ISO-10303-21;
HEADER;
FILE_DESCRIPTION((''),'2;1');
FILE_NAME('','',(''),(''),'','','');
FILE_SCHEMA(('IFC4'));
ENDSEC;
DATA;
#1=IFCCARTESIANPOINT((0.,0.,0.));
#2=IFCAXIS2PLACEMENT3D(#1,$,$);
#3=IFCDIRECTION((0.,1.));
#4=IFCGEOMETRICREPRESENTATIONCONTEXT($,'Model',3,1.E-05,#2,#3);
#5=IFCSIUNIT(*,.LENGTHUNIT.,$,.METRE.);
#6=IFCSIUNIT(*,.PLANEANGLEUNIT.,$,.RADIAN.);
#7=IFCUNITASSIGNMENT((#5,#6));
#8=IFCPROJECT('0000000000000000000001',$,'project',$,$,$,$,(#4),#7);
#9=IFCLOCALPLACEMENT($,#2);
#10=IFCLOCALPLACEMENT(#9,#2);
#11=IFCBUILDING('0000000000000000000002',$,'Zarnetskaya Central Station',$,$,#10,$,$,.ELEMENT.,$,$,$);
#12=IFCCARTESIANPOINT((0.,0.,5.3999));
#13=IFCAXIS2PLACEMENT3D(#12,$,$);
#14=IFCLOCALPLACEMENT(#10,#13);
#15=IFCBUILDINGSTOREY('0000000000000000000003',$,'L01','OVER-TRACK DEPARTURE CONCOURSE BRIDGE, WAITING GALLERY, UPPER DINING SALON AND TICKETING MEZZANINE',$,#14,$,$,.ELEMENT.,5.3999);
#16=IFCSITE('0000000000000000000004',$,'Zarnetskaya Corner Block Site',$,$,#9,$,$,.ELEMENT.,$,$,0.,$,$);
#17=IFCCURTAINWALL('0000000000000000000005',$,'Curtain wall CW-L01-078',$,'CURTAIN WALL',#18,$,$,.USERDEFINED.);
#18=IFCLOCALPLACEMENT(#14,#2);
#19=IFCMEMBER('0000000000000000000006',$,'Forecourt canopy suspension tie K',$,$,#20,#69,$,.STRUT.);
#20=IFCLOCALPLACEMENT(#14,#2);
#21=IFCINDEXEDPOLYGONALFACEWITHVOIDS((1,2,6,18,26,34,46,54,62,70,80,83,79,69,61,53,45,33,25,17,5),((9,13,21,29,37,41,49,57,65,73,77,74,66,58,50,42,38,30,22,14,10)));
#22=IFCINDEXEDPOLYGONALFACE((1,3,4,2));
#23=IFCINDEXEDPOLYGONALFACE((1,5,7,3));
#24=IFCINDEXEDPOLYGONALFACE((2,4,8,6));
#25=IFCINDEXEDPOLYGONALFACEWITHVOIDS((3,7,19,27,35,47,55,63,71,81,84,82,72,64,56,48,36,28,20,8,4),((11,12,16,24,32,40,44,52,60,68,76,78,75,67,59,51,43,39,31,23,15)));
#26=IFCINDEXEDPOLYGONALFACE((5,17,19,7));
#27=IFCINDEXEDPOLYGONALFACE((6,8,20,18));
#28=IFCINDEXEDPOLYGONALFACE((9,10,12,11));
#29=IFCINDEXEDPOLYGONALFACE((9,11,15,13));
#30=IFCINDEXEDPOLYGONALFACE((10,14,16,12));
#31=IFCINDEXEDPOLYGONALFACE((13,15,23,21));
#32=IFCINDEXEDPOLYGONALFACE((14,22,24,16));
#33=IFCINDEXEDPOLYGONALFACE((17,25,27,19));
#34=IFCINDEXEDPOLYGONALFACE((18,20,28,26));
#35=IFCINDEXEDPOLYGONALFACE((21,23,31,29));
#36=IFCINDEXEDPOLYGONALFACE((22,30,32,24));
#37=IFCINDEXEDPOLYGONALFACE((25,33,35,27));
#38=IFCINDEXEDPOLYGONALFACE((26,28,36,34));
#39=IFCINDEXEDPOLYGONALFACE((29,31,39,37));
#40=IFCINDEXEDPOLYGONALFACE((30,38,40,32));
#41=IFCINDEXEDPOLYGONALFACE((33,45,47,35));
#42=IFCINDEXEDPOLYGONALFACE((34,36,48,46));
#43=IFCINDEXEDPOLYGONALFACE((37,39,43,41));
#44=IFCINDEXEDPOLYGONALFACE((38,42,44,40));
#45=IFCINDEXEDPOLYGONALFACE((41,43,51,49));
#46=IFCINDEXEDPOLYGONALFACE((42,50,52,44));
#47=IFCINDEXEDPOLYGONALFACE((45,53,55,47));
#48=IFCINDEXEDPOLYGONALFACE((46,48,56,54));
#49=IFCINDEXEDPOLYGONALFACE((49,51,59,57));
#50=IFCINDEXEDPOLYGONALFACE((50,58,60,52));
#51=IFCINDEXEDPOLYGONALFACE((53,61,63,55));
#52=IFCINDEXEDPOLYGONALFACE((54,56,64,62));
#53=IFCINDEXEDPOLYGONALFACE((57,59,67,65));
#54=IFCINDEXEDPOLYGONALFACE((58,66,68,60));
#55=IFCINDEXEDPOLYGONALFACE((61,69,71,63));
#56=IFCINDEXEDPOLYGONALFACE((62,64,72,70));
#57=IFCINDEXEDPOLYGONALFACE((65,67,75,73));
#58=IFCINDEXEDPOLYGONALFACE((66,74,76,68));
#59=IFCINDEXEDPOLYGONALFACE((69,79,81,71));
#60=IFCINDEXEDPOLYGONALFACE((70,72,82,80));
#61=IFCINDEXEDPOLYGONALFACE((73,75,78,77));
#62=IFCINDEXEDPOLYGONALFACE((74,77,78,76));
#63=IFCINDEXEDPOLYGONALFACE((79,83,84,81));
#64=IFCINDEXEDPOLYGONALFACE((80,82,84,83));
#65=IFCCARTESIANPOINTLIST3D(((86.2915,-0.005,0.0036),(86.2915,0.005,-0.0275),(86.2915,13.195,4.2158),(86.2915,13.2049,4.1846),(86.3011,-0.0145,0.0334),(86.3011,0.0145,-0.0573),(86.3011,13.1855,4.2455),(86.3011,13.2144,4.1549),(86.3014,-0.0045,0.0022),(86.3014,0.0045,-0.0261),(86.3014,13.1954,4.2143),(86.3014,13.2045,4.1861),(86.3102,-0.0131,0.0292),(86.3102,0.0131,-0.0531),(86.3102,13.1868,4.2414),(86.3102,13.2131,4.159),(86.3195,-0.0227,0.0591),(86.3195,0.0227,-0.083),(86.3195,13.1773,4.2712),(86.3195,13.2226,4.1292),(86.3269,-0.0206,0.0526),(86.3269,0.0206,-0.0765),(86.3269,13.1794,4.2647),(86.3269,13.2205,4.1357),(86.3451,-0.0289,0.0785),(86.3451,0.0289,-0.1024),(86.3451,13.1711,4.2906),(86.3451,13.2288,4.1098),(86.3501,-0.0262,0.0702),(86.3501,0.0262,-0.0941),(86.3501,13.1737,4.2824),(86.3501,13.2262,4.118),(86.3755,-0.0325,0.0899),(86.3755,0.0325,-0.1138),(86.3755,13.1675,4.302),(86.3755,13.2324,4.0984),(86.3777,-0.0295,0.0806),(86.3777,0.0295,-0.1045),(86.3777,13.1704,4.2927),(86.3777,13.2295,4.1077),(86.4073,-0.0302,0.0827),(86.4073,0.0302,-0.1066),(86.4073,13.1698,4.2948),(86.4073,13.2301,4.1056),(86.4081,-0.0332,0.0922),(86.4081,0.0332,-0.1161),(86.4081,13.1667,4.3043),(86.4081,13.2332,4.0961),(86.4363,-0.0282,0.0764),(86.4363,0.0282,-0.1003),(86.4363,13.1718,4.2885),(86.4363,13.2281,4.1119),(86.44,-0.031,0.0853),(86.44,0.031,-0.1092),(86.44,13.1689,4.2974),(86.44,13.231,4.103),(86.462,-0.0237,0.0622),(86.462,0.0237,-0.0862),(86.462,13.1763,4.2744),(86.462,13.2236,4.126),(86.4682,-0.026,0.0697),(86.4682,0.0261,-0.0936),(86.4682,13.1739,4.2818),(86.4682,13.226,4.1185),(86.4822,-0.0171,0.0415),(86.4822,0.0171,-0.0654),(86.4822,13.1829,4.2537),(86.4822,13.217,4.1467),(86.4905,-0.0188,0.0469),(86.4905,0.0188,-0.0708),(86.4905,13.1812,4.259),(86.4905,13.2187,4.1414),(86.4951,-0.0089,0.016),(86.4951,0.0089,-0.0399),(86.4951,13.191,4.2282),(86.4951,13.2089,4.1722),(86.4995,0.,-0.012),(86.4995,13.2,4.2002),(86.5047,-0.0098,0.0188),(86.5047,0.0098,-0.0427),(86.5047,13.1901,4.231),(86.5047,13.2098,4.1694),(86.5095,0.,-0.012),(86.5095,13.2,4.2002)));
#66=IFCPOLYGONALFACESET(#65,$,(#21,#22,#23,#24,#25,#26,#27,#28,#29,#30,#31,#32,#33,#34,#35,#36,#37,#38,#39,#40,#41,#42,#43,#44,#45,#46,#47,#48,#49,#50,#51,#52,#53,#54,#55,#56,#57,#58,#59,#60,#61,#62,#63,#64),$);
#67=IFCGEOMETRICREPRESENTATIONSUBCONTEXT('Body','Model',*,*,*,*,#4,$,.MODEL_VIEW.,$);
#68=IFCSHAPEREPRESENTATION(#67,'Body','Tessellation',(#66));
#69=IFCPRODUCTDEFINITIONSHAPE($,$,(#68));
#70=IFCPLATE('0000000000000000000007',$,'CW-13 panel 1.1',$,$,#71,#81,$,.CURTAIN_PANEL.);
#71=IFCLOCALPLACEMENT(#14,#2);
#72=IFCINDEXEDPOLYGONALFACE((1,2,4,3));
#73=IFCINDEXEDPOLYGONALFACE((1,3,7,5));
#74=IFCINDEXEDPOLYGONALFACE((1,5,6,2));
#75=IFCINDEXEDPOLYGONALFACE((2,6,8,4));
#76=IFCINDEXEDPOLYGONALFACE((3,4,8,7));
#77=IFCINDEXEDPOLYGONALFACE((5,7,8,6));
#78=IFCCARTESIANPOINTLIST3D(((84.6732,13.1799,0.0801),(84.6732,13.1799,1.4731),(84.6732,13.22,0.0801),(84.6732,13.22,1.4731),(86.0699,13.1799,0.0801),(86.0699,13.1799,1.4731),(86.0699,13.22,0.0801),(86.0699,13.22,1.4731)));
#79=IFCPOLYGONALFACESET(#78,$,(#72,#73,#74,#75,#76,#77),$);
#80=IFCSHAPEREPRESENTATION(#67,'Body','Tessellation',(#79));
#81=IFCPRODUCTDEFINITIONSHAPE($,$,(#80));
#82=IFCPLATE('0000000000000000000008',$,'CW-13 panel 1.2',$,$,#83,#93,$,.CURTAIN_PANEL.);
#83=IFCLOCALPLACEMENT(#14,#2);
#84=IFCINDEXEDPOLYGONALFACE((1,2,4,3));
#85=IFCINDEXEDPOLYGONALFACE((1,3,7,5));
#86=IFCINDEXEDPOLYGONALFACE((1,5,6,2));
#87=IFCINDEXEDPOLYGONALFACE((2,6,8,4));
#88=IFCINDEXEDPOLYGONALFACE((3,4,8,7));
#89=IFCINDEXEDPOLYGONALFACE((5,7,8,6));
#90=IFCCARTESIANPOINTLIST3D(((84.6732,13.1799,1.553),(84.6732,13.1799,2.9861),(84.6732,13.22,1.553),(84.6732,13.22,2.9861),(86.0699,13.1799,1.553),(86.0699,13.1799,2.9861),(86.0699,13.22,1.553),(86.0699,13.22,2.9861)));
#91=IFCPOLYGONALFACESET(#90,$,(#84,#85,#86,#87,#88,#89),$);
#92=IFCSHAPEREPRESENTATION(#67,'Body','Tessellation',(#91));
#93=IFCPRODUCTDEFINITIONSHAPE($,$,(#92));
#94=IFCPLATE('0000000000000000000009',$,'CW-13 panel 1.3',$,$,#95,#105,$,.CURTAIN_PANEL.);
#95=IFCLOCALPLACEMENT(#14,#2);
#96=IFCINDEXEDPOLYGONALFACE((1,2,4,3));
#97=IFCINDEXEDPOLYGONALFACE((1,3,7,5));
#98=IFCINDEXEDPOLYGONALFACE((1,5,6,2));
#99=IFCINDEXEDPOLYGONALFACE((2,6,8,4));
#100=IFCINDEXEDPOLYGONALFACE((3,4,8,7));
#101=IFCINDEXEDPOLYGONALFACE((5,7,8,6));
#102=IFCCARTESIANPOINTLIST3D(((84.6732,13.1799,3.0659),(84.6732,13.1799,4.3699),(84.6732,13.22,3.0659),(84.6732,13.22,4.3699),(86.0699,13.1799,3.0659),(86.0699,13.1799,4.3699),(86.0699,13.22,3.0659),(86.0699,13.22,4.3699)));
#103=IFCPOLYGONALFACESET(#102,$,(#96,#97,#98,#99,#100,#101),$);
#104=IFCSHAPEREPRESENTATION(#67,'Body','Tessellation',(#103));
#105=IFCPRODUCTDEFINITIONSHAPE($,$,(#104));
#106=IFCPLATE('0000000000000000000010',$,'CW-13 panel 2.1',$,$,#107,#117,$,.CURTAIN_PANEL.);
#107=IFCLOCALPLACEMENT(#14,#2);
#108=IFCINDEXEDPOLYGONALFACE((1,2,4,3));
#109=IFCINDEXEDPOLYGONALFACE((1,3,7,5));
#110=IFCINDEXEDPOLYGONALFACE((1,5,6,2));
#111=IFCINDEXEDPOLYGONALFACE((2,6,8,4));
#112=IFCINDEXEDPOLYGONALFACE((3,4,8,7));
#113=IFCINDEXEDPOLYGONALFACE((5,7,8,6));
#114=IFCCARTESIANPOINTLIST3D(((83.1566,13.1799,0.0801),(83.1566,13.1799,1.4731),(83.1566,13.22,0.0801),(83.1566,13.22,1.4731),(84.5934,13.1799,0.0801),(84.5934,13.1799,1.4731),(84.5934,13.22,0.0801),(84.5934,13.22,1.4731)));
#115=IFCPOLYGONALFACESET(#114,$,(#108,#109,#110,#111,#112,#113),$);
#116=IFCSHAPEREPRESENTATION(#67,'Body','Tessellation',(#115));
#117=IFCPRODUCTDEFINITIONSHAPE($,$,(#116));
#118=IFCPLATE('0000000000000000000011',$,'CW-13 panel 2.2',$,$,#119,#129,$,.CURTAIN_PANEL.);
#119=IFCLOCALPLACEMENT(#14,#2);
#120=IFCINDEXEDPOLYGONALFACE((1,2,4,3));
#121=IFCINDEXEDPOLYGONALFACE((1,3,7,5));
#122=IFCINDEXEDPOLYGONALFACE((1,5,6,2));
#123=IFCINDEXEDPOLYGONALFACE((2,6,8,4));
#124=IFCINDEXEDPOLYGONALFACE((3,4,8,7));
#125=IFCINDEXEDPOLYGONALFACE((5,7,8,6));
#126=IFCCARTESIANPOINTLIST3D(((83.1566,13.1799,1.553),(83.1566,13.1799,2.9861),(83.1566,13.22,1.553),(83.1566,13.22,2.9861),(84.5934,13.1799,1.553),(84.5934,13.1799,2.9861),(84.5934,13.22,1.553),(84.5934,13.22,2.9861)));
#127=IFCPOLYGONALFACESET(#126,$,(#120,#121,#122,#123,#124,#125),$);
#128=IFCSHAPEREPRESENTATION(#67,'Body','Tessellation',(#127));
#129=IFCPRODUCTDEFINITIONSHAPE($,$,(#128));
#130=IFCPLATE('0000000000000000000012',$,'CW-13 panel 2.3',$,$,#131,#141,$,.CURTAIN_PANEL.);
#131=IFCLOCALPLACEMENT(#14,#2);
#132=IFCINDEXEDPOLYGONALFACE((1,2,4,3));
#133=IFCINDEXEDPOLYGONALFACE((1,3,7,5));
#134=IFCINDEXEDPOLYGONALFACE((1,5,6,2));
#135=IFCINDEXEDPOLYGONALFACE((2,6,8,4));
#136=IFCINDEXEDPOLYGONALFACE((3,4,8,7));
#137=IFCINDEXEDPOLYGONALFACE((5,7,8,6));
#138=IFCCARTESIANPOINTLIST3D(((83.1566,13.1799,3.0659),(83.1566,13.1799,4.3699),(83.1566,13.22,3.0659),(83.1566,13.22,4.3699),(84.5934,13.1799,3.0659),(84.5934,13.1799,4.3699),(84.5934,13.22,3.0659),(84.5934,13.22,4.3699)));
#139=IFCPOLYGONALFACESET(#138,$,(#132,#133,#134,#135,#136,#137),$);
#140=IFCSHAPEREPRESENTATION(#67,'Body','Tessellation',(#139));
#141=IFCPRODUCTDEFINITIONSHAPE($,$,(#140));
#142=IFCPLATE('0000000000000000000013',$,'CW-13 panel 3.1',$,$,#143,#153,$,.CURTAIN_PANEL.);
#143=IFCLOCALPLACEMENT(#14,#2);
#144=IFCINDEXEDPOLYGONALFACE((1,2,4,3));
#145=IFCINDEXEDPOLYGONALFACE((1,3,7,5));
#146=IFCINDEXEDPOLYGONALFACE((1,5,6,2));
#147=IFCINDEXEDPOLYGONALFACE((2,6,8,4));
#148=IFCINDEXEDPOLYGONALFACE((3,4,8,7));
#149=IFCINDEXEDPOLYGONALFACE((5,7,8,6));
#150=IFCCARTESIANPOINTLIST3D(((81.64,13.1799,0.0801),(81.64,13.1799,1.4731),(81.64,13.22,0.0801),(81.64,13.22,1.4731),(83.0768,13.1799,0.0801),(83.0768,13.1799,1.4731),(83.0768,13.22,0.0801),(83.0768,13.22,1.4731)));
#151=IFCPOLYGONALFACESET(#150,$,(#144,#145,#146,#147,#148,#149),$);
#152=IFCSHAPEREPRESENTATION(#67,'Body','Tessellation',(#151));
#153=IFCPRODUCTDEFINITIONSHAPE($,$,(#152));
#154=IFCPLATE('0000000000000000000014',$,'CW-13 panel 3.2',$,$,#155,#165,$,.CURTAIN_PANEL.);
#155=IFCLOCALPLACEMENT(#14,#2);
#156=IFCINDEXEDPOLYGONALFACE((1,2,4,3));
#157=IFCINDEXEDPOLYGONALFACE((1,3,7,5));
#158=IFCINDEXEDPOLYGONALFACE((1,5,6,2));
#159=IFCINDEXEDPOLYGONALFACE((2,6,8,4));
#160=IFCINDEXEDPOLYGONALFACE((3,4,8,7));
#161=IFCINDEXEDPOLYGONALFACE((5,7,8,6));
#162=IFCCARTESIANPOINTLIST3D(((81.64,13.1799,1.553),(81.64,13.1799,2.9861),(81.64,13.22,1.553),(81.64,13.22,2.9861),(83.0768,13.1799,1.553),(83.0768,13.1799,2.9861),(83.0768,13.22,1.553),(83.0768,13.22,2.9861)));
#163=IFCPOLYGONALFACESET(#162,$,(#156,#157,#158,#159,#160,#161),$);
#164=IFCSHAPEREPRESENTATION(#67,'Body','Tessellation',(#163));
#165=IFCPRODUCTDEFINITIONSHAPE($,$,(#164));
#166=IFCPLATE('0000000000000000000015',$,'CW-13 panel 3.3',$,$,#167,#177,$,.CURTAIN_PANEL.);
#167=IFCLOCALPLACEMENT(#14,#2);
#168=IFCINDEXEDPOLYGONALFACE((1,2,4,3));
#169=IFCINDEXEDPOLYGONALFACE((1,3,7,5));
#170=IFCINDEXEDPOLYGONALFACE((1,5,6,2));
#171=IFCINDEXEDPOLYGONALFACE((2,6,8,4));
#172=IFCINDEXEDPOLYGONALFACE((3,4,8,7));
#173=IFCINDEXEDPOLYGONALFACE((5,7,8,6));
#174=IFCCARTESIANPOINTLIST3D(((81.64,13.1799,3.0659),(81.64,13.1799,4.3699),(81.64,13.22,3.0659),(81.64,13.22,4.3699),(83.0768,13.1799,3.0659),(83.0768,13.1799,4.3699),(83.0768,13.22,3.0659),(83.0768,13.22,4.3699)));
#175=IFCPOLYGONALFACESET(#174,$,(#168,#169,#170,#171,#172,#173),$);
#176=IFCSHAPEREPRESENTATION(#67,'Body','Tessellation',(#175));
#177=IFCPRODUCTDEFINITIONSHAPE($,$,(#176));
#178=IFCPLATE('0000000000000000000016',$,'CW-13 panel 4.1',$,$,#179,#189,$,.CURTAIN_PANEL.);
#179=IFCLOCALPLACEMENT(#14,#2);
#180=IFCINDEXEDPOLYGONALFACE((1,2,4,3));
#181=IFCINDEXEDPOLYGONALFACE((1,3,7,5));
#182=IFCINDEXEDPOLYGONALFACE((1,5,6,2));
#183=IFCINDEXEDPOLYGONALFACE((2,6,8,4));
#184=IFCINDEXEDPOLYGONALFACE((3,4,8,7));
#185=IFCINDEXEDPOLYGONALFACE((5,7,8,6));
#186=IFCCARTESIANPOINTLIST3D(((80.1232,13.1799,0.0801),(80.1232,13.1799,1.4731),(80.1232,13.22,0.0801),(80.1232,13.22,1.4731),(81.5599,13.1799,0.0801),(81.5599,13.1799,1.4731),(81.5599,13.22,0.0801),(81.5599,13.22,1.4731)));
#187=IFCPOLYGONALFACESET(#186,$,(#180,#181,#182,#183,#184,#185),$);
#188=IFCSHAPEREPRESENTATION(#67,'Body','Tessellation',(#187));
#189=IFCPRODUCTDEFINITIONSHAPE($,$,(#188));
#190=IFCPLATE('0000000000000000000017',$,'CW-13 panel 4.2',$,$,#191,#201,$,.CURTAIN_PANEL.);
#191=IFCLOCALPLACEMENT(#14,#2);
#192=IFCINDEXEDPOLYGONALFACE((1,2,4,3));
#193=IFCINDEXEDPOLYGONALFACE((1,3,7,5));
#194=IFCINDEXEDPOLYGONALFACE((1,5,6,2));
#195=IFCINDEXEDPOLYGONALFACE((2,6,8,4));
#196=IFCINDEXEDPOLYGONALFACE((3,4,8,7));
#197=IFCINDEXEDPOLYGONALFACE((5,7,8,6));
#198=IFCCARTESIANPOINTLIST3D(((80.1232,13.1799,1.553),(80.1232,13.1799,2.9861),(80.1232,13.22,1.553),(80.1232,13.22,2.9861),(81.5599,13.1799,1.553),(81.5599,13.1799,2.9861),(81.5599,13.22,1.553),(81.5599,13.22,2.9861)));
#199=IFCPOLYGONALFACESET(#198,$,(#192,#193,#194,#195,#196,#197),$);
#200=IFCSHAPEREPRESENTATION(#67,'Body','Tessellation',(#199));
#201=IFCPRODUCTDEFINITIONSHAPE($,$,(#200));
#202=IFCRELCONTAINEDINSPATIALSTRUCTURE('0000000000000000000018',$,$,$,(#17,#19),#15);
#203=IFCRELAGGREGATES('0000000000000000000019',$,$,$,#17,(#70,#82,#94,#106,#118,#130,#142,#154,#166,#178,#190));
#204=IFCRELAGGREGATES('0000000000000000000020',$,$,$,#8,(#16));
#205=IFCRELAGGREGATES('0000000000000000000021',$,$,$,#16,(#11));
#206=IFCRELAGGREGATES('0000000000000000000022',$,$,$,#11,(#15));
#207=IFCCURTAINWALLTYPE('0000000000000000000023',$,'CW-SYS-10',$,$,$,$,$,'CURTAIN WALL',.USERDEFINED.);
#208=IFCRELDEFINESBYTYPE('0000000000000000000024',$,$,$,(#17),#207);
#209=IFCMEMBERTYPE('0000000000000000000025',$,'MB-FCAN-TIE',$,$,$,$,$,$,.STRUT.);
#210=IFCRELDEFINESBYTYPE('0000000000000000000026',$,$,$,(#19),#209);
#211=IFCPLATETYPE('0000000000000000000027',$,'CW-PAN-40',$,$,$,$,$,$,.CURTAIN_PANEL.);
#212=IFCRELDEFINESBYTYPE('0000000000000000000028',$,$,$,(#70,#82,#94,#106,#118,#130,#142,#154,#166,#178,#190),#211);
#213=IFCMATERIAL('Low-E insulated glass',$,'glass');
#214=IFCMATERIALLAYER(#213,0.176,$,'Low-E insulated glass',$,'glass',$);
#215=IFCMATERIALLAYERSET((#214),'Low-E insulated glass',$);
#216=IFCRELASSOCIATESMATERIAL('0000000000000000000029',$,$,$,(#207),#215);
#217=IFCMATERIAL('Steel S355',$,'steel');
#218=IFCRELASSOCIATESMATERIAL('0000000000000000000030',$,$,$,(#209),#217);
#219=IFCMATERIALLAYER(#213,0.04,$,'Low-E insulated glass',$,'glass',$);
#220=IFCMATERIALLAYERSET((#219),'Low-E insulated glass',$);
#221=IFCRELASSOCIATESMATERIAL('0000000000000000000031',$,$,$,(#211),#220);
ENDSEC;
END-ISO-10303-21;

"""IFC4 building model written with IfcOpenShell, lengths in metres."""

from ifc_helpers import new_model, si_unit, direction, frame, origin, origin_2d, place, context, subcontext, project, spatial, rectangle, hollow_circle, extrude, material, layer, layer_set, material_profile, profile_set, type_object, element, aggregate, save


model = new_model("IFC4")

# Units and contexts
model_context = context("Model", 3, precision=1e-05, world=origin(), true_north=direction((0.0, 1.0)))
body_context = subcontext(model_context, "Body", "Model", "MODEL_VIEW")
ifc_project = project(units=[si_unit("LENGTHUNIT", "METRE"), si_unit("PLANEANGLEUNIT", "RADIAN")], contexts=[model_context])

# Site, building, storey
site_placement = place(None, origin())
site = spatial("IfcSite", under=ifc_project, at=site_placement, Name="Zarnetskaya Corner Block Site", CompositionType="ELEMENT", RefElevation=0.0)
building_placement = place(site_placement, origin())
building = spatial("IfcBuilding", under=site, at=building_placement, Name="Zarnetskaya Central Station", CompositionType="ELEMENT")
storey_placement = place(building_placement, frame((0.0, 0.0, 5.3999)))
storey = spatial("IfcBuildingStorey", under=building, at=storey_placement, Name="L01", Description="OVER-TRACK DEPARTURE CONCOURSE BRIDGE, WAITING GALLERY, UPPER DINING SALON AND TICKETING MEZZANINE", CompositionType="ELEMENT", Elevation=5.3999)

# Shared definitions
ifc_material_1 = material(Name="Steel S355", Category="steel")

# Curtain wall
ifc_material_2 = material(Name="Low-E insulated glass", Category="glass")
ifc_layer_1 = layer(ifc_material_2, 0.176, Name="Low-E insulated glass", Category="glass")
ifc_layer_set_1 = layer_set([ifc_layer_1], Name="Low-E insulated glass")
curtain_wall_type = type_object("IfcCurtainWallType", Name="CW-SYS-10", ElementType="CURTAIN WALL", PredefinedType="USERDEFINED", material=ifc_layer_set_1)
curtain_wall_placement = place(storey_placement, origin())
curtain_wall = element("IfcCurtainWall", 1, at=curtain_wall_placement, inside=storey, type_object=curtain_wall_type, Name="Curtain wall CW-L01-078", ObjectType="CURTAIN WALL", PredefinedType="USERDEFINED")

# Member
ifc_material_profile_1 = material_profile(ifc_material_1, hollow_circle(Radius=0.1096, WallThickness=0.01, at=origin_2d()), Name="CHS 219.1x10")
ifc_profile_set_1 = profile_set([ifc_material_profile_1], Name="Steel S355")
member_type_1 = type_object("IfcMemberType", Name="MB-FCAN-TIE", PredefinedType="STRUT", material=ifc_profile_set_1)
member_1_placement = place(storey_placement, frame((86.3999, 13.2, 4.2002), z_axis=(0.0, -0.952672, -0.304001), x_axis=(1.0, 0.0, 0.0)))
element("IfcMember", 2, at=member_1_placement, inside=storey, type_object=member_type_1, Name="Forecourt canopy suspension tie K", PredefinedType="STRUT", context=body_context, shape_type="SweptSolid", body=[
    extrude(hollow_circle(Radius=0.1096, WallThickness=0.01, at=origin_2d()), origin(), (0.0, 0.0, 1.0), 13.8557),
])

# Plates
ifc_layer_2 = layer(ifc_material_2, 0.04, Name="Low-E insulated glass", Category="glass")
ifc_layer_set_2 = layer_set([ifc_layer_2], Name="Low-E insulated glass")
plate_type_1 = type_object("IfcPlateType", Name="CW-PAN-40", PredefinedType="CURTAIN_PANEL", material=ifc_layer_set_2)
plate_1_placement = place(storey_placement, frame((85.3716, 13.2, 0.0801), z_axis=(0.0, 0.0, 1.0), x_axis=(-1.0, 0.0, 0.0)))
plate_1 = element("IfcPlate", 3, at=plate_1_placement, type_object=plate_type_1, Name="CW-13 panel 1.1", PredefinedType="CURTAIN_PANEL", context=body_context, shape_type="SweptSolid", body=[
    extrude(rectangle(XDim=1.3967, YDim=0.04, at=origin_2d()), origin(), (0.0, 0.0, 1.0), 1.3931),
])
plate_2_placement = place(storey_placement, frame((85.3716, 13.2, 1.553), z_axis=(0.0, 0.0, 1.0), x_axis=(-1.0, 0.0, 0.0)))
plate_2 = element("IfcPlate", 4, at=plate_2_placement, type_object=plate_type_1, Name="CW-13 panel 1.2", PredefinedType="CURTAIN_PANEL", context=body_context, shape_type="SweptSolid", body=[
    extrude(rectangle(XDim=1.3967, YDim=0.04, at=origin_2d()), origin(), (0.0, 0.0, 1.0), 1.4331),
])
plate_3_placement = place(storey_placement, frame((85.3716, 13.2, 3.0659), z_axis=(0.0, 0.0, 1.0), x_axis=(-1.0, 0.0, 0.0)))
plate_3 = element("IfcPlate", 5, at=plate_3_placement, type_object=plate_type_1, Name="CW-13 panel 1.3", PredefinedType="CURTAIN_PANEL", context=body_context, shape_type="SweptSolid", body=[
    extrude(rectangle(XDim=1.3967, YDim=0.04, at=origin_2d()), origin(), (0.0, 0.0, 1.0), 1.304),
])
plate_4_placement = place(storey_placement, frame((83.875, 13.2, 0.0801), z_axis=(0.0, 0.0, 1.0), x_axis=(-1.0, 0.0, 0.0)))
plate_4 = element("IfcPlate", 6, at=plate_4_placement, type_object=plate_type_1, Name="CW-13 panel 2.1", PredefinedType="CURTAIN_PANEL", context=body_context, shape_type="SweptSolid", body=[
    extrude(rectangle(XDim=1.4368, YDim=0.04, at=origin_2d()), origin(), (0.0, 0.0, 1.0), 1.3931),
])
plate_5_placement = place(storey_placement, frame((83.875, 13.2, 1.553), z_axis=(0.0, 0.0, 1.0), x_axis=(-1.0, 0.0, 0.0)))
plate_5 = element("IfcPlate", 7, at=plate_5_placement, type_object=plate_type_1, Name="CW-13 panel 2.2", PredefinedType="CURTAIN_PANEL", context=body_context, shape_type="SweptSolid", body=[
    extrude(rectangle(XDim=1.4368, YDim=0.04, at=origin_2d()), origin(), (0.0, 0.0, 1.0), 1.4331),
])
plate_6_placement = place(storey_placement, frame((83.875, 13.2, 3.0659), z_axis=(0.0, 0.0, 1.0), x_axis=(-1.0, 0.0, 0.0)))
plate_6 = element("IfcPlate", 8, at=plate_6_placement, type_object=plate_type_1, Name="CW-13 panel 2.3", PredefinedType="CURTAIN_PANEL", context=body_context, shape_type="SweptSolid", body=[
    extrude(rectangle(XDim=1.4368, YDim=0.04, at=origin_2d()), origin(), (0.0, 0.0, 1.0), 1.304),
])
plate_7_placement = place(storey_placement, frame((82.3584, 13.2, 0.0801), z_axis=(0.0, 0.0, 1.0), x_axis=(-1.0, 0.0, 0.0)))
plate_7 = element("IfcPlate", 9, at=plate_7_placement, type_object=plate_type_1, Name="CW-13 panel 3.1", PredefinedType="CURTAIN_PANEL", context=body_context, shape_type="SweptSolid", body=[
    extrude(rectangle(XDim=1.4368, YDim=0.04, at=origin_2d()), origin(), (0.0, 0.0, 1.0), 1.3931),
])
plate_8_placement = place(storey_placement, frame((82.3584, 13.2, 1.553), z_axis=(0.0, 0.0, 1.0), x_axis=(-1.0, 0.0, 0.0)))
plate_8 = element("IfcPlate", 10, at=plate_8_placement, type_object=plate_type_1, Name="CW-13 panel 3.2", PredefinedType="CURTAIN_PANEL", context=body_context, shape_type="SweptSolid", body=[
    extrude(rectangle(XDim=1.4368, YDim=0.04, at=origin_2d()), origin(), (0.0, 0.0, 1.0), 1.4331),
])
plate_9_placement = place(storey_placement, frame((82.3584, 13.2, 3.0659), z_axis=(0.0, 0.0, 1.0), x_axis=(-1.0, 0.0, 0.0)))
plate_9 = element("IfcPlate", 11, at=plate_9_placement, type_object=plate_type_1, Name="CW-13 panel 3.3", PredefinedType="CURTAIN_PANEL", context=body_context, shape_type="SweptSolid", body=[
    extrude(rectangle(XDim=1.4368, YDim=0.04, at=origin_2d()), origin(), (0.0, 0.0, 1.0), 1.304),
])
plate_10_placement = place(storey_placement, frame((80.8416, 13.2, 0.0801), z_axis=(0.0, 0.0, 1.0), x_axis=(-1.0, 0.0, 0.0)))
plate_10 = element("IfcPlate", 12, at=plate_10_placement, type_object=plate_type_1, Name="CW-13 panel 4.1", PredefinedType="CURTAIN_PANEL", context=body_context, shape_type="SweptSolid", body=[
    extrude(rectangle(XDim=1.4368, YDim=0.04, at=origin_2d()), origin(), (0.0, 0.0, 1.0), 1.3931),
])
plate_11_placement = place(storey_placement, frame((80.8416, 13.2, 1.553), z_axis=(0.0, 0.0, 1.0), x_axis=(-1.0, 0.0, 0.0)))
plate_11 = element("IfcPlate", 13, at=plate_11_placement, type_object=plate_type_1, Name="CW-13 panel 4.2", PredefinedType="CURTAIN_PANEL", context=body_context, shape_type="SweptSolid", body=[
    extrude(rectangle(XDim=1.4368, YDim=0.04, at=origin_2d()), origin(), (0.0, 0.0, 1.0), 1.4331),
])
aggregate(curtain_wall, [plate_1, plate_2, plate_3, plate_4, plate_5, plate_6, plate_7, plate_8, plate_9, plate_10, plate_11])

save(model, "model.ifc")
